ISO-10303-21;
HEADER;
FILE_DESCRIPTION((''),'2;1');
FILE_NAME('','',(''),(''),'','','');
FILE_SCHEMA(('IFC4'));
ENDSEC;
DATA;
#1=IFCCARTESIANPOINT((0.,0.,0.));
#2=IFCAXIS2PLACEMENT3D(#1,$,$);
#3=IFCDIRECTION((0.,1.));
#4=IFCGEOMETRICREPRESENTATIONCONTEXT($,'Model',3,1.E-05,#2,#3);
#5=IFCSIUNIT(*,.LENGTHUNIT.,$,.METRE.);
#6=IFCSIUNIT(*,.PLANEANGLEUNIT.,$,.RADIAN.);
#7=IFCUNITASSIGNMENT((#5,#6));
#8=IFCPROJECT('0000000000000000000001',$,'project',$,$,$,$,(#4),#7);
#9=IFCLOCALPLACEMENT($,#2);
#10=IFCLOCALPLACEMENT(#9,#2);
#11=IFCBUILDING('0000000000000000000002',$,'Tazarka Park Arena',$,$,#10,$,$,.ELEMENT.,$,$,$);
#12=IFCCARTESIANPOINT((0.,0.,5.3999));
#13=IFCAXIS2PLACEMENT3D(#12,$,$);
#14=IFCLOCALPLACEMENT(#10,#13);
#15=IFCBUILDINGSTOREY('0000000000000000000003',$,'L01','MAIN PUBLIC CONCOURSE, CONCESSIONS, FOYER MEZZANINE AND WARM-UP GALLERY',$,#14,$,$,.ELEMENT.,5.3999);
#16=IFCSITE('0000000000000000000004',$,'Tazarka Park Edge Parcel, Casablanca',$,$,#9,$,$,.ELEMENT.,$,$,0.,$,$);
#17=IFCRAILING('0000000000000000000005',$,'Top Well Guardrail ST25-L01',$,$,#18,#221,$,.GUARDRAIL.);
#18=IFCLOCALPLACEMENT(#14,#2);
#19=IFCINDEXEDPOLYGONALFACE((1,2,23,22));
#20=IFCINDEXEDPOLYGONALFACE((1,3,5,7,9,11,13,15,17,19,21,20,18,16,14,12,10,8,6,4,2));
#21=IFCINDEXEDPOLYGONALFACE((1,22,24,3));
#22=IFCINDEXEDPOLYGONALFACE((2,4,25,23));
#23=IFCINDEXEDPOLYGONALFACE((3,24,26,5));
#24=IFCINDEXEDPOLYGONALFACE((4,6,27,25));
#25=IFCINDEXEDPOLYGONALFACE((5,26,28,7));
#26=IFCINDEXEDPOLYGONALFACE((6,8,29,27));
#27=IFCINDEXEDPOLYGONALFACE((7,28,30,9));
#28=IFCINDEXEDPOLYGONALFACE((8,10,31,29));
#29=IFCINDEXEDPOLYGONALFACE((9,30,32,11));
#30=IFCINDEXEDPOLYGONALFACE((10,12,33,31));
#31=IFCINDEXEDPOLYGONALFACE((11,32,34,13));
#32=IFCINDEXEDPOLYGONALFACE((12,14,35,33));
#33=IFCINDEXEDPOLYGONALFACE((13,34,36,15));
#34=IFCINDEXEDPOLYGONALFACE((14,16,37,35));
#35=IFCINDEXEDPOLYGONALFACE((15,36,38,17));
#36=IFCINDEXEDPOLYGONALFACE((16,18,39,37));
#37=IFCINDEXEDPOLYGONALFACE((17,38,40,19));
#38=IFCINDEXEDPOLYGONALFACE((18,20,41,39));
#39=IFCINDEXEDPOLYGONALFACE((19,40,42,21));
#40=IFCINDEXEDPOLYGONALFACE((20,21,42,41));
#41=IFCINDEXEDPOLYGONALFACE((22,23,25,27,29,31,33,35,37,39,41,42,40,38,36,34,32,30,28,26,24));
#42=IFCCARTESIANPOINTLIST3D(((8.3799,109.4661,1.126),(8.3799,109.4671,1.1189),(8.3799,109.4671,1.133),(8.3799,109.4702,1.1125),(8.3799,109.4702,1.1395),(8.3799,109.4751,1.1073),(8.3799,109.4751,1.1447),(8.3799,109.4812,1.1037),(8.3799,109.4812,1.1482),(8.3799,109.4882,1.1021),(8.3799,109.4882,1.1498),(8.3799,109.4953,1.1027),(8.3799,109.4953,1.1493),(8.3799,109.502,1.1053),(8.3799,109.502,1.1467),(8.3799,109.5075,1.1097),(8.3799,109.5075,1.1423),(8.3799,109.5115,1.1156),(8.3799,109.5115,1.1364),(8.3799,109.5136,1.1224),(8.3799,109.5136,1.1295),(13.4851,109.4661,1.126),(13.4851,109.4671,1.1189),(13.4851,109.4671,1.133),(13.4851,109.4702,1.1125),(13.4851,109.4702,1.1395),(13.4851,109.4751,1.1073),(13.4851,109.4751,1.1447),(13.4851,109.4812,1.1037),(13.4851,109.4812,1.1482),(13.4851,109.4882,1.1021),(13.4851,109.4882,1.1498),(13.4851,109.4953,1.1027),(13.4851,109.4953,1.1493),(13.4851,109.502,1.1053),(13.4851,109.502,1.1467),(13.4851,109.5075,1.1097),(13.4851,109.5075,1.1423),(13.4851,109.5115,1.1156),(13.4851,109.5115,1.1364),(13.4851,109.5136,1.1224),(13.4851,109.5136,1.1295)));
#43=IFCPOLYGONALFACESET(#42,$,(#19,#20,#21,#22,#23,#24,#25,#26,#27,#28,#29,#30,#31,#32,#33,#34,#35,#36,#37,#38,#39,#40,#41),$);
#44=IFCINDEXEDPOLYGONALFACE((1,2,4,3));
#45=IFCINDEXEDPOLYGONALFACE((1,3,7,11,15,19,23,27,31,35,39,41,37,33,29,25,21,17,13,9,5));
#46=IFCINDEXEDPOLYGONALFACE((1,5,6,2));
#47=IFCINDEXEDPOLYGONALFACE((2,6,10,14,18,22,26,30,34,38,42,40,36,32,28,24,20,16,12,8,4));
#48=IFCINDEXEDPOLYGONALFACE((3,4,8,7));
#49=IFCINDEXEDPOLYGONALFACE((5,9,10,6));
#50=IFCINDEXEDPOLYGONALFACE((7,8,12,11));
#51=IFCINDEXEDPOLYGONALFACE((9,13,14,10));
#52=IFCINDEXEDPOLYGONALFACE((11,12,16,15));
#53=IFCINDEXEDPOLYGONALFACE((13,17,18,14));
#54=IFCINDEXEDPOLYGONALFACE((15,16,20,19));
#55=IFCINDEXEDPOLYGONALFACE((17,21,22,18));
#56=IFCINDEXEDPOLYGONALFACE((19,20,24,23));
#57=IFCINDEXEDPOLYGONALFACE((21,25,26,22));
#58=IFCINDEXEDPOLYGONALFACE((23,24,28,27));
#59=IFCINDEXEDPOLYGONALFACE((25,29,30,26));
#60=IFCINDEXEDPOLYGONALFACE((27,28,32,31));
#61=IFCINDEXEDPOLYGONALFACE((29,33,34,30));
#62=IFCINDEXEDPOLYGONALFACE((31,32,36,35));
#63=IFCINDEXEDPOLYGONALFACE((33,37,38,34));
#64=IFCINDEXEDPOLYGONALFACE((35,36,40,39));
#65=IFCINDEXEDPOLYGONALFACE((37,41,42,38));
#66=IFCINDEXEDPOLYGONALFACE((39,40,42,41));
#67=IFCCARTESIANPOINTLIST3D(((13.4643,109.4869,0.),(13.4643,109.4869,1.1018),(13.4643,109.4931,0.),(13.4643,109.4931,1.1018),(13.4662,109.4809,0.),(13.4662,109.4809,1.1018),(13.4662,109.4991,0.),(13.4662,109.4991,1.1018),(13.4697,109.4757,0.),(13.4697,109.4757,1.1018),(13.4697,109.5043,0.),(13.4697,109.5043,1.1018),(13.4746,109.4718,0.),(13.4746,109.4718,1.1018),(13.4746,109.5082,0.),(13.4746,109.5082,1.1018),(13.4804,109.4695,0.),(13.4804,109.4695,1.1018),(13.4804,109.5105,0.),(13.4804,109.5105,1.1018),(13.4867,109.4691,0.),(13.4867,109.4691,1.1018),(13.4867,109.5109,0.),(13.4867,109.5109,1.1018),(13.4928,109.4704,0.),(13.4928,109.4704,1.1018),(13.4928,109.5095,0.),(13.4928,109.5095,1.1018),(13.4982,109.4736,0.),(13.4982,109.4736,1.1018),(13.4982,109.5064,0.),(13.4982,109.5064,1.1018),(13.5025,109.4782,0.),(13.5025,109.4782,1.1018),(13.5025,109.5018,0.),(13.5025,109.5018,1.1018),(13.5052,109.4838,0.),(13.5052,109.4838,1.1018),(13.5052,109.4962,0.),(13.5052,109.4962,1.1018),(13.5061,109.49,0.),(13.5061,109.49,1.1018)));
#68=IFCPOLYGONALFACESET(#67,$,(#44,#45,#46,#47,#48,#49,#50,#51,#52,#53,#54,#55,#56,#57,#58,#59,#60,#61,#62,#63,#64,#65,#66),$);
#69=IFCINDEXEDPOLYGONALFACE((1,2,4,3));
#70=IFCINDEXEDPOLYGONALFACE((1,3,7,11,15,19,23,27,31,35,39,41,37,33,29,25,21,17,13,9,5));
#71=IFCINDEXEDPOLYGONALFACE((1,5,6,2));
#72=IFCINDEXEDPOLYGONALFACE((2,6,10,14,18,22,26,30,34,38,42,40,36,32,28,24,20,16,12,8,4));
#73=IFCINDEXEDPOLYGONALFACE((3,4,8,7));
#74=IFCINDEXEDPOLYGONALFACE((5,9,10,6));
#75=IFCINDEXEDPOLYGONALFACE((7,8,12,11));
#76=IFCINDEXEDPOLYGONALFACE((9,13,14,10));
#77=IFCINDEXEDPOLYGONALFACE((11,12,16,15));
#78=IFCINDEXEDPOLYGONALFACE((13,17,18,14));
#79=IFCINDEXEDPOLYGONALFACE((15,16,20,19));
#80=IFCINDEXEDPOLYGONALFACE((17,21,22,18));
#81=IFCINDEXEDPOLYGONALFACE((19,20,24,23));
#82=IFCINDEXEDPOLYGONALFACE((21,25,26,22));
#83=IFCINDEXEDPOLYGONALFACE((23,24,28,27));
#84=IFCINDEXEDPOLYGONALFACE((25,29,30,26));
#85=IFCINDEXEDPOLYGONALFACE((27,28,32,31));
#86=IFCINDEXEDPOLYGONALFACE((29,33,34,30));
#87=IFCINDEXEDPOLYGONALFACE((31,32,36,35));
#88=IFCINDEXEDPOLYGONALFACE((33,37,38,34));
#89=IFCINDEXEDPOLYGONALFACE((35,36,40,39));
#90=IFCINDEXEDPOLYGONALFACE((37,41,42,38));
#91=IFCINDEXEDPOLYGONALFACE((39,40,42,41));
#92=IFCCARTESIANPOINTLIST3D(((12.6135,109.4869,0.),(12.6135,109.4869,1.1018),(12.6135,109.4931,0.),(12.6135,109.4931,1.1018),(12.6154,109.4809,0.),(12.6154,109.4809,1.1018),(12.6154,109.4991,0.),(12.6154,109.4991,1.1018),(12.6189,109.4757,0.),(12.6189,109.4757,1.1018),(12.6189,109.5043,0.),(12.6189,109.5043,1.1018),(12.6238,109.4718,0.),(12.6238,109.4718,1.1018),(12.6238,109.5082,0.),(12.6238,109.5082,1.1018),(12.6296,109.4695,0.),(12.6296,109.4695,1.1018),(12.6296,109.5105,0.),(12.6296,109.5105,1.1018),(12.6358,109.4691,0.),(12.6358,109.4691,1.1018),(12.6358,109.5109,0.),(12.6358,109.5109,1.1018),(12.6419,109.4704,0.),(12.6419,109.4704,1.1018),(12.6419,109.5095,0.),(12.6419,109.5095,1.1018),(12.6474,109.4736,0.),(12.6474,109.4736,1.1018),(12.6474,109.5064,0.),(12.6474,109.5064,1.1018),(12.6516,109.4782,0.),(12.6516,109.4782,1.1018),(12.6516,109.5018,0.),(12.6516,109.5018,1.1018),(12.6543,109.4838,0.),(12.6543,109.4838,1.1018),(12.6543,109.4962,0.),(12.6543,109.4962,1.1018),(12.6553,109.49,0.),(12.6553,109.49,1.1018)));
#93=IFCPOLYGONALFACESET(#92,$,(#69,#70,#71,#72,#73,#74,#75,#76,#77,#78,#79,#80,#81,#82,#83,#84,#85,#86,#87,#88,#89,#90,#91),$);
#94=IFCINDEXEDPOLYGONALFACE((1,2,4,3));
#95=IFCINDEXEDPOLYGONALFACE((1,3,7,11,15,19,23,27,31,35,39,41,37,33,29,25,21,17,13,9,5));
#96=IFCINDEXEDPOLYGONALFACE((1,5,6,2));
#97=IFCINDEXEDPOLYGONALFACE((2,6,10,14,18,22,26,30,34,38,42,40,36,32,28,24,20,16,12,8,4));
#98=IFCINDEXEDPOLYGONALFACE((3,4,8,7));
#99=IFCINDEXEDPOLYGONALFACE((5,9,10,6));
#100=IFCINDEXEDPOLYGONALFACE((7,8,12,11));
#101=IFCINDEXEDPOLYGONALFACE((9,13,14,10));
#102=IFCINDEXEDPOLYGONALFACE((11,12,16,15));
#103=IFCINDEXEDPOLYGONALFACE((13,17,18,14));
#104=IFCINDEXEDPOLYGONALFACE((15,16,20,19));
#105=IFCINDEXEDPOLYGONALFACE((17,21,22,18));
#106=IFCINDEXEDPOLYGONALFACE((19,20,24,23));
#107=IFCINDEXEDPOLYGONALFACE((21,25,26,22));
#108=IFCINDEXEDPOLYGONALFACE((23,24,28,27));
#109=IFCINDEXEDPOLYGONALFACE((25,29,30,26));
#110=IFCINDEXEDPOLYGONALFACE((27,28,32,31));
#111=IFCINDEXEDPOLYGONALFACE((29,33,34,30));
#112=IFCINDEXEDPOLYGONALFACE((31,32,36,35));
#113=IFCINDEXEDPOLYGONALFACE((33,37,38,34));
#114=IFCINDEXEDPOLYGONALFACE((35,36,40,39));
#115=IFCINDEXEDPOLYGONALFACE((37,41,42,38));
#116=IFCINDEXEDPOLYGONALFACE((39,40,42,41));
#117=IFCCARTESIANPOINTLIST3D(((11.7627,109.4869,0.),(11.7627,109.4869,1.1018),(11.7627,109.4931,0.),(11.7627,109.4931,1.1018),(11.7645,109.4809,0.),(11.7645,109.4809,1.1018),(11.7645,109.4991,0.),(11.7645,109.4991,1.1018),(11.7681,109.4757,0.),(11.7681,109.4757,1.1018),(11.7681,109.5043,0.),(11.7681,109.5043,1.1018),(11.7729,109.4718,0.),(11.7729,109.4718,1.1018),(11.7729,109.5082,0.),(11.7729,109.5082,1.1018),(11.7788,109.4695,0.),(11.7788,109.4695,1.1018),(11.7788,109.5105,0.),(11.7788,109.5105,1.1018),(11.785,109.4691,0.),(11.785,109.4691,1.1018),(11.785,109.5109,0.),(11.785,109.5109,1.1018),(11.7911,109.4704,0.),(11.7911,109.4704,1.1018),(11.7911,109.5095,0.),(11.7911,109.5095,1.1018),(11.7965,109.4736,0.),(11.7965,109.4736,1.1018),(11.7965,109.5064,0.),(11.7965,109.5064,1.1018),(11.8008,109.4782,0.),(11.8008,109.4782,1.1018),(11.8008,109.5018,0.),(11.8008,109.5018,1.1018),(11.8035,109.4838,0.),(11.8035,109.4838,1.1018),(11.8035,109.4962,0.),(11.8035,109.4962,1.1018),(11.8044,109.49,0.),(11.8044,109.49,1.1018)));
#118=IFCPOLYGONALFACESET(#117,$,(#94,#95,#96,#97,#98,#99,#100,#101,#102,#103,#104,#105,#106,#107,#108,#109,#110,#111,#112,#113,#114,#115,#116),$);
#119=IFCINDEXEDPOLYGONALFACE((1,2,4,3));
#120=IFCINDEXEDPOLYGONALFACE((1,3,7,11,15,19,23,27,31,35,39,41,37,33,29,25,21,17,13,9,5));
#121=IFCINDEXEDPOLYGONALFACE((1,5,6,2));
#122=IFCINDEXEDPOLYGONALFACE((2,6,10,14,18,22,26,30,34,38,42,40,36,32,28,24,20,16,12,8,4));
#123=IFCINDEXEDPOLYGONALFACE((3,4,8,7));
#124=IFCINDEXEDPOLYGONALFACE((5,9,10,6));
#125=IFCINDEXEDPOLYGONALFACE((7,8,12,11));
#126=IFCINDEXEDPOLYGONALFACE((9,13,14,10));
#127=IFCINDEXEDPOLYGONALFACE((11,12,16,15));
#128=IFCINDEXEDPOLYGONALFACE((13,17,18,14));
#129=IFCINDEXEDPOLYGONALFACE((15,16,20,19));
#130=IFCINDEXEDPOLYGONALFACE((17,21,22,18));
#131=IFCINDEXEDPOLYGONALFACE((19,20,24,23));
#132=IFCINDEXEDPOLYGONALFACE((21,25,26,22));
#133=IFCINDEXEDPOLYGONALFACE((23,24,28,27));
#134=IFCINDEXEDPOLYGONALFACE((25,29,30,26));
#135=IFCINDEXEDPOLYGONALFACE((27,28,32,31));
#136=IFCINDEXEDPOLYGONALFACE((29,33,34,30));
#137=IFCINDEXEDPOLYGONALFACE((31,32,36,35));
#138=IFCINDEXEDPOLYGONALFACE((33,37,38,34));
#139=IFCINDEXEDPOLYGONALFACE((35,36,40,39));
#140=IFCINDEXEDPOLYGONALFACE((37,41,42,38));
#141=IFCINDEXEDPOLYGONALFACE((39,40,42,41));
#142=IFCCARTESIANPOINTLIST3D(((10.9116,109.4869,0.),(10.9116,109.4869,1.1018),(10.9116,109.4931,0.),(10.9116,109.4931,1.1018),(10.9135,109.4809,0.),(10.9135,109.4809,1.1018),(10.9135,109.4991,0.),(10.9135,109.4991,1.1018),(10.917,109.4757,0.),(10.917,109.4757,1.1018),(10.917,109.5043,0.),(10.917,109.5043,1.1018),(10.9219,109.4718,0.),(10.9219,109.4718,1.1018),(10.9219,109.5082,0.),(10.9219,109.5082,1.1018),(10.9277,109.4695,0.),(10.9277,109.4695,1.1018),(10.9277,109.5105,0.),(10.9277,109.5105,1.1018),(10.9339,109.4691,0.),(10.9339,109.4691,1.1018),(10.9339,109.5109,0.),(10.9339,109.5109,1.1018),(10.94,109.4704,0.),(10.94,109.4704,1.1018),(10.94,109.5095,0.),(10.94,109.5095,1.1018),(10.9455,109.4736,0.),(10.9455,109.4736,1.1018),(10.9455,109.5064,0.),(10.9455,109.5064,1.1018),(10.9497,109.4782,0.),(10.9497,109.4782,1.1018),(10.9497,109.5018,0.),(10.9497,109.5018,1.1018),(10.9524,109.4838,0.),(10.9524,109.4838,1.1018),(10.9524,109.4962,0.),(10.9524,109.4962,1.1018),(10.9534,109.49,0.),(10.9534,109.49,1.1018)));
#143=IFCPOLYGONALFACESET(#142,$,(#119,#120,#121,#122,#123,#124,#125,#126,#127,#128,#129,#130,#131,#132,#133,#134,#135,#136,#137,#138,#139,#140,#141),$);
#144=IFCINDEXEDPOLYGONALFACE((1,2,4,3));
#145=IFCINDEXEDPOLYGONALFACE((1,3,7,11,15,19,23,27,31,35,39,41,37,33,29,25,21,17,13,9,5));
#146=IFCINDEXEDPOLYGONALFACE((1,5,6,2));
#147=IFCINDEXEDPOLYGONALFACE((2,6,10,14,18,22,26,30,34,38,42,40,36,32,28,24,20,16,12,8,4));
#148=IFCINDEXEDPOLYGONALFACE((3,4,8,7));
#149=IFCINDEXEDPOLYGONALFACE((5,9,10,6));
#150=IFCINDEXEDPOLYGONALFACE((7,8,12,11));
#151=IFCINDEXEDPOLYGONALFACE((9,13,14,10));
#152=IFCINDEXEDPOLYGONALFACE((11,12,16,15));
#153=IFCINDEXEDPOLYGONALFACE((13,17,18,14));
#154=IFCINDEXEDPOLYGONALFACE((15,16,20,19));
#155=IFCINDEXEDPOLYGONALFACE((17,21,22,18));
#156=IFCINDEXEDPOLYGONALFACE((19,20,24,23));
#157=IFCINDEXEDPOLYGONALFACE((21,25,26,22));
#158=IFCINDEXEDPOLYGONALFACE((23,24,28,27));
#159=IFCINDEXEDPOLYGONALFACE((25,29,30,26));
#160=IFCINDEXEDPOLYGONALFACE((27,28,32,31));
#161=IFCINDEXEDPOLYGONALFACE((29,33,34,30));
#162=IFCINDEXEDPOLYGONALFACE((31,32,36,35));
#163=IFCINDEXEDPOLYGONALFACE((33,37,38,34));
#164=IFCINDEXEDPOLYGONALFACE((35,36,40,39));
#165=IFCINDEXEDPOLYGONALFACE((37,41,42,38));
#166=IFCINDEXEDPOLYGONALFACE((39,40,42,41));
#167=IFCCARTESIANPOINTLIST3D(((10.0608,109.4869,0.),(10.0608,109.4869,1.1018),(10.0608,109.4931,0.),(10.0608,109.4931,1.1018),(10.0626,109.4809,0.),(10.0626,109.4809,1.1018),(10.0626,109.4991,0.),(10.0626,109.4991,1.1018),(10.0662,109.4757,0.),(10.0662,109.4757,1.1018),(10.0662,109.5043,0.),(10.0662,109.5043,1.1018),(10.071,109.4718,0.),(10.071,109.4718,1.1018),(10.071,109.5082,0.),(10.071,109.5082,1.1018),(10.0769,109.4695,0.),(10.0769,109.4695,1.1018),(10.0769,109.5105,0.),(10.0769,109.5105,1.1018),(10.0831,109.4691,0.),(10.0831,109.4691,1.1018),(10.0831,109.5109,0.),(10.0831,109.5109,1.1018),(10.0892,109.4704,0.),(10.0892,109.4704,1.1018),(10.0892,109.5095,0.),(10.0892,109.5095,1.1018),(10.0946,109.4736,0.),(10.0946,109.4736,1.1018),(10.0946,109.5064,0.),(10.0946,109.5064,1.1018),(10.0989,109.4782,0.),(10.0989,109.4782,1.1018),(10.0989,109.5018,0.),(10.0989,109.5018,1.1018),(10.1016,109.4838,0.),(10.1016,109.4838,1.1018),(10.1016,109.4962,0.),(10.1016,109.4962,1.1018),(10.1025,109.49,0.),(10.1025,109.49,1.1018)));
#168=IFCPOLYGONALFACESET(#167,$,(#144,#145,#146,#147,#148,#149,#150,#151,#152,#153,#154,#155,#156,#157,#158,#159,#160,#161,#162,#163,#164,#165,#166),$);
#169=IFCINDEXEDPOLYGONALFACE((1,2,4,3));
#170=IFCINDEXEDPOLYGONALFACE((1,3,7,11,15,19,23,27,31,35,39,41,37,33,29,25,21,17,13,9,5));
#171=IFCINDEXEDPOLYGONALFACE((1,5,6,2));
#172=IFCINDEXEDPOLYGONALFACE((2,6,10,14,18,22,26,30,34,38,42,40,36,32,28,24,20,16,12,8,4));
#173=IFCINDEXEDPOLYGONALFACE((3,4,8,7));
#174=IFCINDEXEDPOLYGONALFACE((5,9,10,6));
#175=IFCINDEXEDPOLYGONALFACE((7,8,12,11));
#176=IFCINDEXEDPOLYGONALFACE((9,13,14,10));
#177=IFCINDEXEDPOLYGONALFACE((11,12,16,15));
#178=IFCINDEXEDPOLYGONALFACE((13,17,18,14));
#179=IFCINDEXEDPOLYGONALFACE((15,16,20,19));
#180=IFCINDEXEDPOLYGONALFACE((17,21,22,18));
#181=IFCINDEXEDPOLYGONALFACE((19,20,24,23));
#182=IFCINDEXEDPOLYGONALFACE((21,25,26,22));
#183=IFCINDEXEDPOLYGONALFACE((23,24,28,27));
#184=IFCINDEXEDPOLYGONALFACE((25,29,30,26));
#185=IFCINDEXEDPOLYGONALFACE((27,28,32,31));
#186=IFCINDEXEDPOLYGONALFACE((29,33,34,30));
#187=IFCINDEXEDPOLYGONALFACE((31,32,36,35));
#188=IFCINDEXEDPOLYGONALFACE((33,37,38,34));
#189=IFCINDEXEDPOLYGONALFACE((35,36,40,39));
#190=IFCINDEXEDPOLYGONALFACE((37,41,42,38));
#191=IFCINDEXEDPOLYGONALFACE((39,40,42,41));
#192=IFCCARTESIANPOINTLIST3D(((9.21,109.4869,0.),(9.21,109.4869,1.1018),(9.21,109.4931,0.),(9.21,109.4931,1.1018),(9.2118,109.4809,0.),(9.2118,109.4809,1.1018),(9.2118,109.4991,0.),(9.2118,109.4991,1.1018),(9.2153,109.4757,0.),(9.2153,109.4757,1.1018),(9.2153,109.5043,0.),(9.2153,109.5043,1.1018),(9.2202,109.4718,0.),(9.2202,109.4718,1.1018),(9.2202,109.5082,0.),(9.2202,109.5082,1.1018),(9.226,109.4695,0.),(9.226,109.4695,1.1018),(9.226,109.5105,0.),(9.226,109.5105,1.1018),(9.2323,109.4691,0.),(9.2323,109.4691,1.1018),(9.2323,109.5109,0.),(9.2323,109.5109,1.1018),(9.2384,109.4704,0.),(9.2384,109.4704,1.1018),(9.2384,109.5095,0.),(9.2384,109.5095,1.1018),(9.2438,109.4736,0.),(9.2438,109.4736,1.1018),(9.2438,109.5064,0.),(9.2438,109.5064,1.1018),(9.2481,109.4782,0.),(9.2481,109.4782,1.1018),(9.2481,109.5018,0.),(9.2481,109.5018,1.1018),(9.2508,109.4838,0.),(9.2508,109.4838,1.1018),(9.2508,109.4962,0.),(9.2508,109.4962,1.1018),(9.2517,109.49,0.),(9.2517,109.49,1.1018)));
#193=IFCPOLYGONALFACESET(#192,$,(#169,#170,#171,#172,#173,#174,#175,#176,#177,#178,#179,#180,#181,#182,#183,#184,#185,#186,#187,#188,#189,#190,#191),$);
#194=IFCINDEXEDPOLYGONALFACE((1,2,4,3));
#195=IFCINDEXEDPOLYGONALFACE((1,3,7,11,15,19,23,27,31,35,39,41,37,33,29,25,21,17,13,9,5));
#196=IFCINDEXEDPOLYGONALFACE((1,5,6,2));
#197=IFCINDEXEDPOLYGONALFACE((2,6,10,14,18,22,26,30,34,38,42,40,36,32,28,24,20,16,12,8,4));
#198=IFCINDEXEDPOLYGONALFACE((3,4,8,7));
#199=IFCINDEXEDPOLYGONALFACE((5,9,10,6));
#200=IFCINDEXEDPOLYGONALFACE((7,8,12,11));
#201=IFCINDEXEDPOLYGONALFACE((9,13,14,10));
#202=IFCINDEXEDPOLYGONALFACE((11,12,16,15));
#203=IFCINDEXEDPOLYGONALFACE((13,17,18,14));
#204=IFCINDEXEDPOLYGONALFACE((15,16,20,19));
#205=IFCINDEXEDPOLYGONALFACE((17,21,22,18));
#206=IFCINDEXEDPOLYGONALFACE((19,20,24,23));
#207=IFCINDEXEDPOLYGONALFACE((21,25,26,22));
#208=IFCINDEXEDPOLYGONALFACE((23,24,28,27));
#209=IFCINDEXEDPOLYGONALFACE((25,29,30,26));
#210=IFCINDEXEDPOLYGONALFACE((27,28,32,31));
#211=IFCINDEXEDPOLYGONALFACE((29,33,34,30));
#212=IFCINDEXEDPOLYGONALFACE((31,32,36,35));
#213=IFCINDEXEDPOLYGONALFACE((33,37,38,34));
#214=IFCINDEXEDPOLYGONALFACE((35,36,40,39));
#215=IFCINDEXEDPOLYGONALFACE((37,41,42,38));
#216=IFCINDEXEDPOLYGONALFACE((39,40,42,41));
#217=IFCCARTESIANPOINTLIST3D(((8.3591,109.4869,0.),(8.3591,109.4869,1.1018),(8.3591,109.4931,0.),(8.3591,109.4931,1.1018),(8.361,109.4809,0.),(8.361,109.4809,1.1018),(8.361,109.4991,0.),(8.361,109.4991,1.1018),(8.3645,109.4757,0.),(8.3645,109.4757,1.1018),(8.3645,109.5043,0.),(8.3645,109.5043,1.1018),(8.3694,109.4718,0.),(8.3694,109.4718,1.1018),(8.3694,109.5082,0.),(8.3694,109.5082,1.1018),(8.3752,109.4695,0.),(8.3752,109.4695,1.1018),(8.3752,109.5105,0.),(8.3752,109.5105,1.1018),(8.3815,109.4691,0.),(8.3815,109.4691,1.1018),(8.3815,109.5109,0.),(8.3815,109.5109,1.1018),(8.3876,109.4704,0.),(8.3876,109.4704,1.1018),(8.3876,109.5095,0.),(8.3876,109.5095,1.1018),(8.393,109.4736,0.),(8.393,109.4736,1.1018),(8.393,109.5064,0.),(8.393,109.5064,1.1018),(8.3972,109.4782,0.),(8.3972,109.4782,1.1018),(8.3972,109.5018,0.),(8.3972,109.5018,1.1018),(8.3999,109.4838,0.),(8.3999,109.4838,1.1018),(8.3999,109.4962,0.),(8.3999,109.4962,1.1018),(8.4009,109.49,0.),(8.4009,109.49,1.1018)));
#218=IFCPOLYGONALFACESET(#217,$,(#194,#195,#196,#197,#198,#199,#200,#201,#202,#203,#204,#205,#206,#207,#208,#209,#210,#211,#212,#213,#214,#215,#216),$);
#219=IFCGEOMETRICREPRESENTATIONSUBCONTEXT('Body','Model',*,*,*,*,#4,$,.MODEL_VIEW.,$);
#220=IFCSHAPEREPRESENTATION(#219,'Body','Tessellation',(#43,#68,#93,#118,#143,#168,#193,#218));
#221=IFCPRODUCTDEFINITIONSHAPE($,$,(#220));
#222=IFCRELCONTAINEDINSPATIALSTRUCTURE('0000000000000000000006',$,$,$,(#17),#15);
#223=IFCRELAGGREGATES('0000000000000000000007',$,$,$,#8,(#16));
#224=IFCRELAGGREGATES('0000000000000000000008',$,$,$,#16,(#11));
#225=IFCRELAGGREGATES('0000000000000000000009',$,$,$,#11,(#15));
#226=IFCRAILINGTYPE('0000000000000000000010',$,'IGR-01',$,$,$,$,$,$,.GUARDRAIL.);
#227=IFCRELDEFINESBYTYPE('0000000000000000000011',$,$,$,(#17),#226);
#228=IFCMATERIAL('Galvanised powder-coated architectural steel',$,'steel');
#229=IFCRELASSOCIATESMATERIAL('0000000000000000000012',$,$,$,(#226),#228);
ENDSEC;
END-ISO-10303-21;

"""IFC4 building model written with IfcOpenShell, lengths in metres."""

from ifc_helpers import new_model, si_unit, direction, frame, origin, origin_2d, place, context, subcontext, project, spatial, circle, extrude, material, type_object, element, save


model = new_model("IFC4")

# Units and contexts
model_context = context("Model", 3, precision=1e-05, world=origin(), true_north=direction((0.0, 1.0)))
body_context = subcontext(model_context, "Body", "Model", "MODEL_VIEW")
ifc_project = project(units=[si_unit("LENGTHUNIT", "METRE"), si_unit("PLANEANGLEUNIT", "RADIAN")], contexts=[model_context])

# Site, building, storey
site_placement = place(None, origin())
site = spatial("IfcSite", under=ifc_project, at=site_placement, Name="Tazarka Park Edge Parcel, Casablanca", CompositionType="ELEMENT", RefElevation=0.0)
building_placement = place(site_placement, origin())
building = spatial("IfcBuilding", under=site, at=building_placement, Name="Tazarka Park Arena", CompositionType="ELEMENT")
storey_placement = place(building_placement, frame((0.0, 0.0, 5.3999)))
storey = spatial("IfcBuildingStorey", under=building, at=storey_placement, Name="L01", Description="MAIN PUBLIC CONCOURSE, CONCESSIONS, FOYER MEZZANINE AND WARM-UP GALLERY", CompositionType="ELEMENT", Elevation=5.3999)

# Railing
ifc_material_1 = material(Name="Galvanised powder-coated architectural steel", Category="steel")
railing_type = type_object("IfcRailingType", Name="IGR-01", PredefinedType="GUARDRAIL", material=ifc_material_1)
railing_1_placement = place(storey_placement, frame((13.4851, 109.49, 0.0)))
element("IfcRailing", 1, at=railing_1_placement, inside=storey, type_object=railing_type, Name="Top Well Guardrail ST25-L01", PredefinedType="GUARDRAIL", context=body_context, shape_type="SweptSolid", body=[
    extrude(circle(Radius=0.0239, at=origin_2d()), frame((0.0, 0.0, 1.126), z_axis=(-1.0, 0.0, 0.0), x_axis=(0.0, -1.0, 0.0)), (0.0, 0.0, 1.0), 5.1052),
    extrude(circle(Radius=0.021, at=origin_2d()), origin(), (0.0, 0.0, 1.0), 1.1018),
    extrude(circle(Radius=0.021, at=origin_2d()), frame((-0.8508, 0.0, 0.0)), (0.0, 0.0, 1.0), 1.1018),
    extrude(circle(Radius=0.021, at=origin_2d()), frame((-1.7017, 0.0, 0.0)), (0.0, 0.0, 1.0), 1.1018),
    extrude(circle(Radius=0.021, at=origin_2d()), frame((-2.5527, 0.0, 0.0)), (0.0, 0.0, 1.0), 1.1018),
    extrude(circle(Radius=0.021, at=origin_2d()), frame((-3.4036, 0.0, 0.0)), (0.0, 0.0, 1.0), 1.1018),
    extrude(circle(Radius=0.021, at=origin_2d()), frame((-4.2544, 0.0, 0.0)), (0.0, 0.0, 1.0), 1.1018),
    extrude(circle(Radius=0.021, at=origin_2d()), frame((-5.1052, 0.0, 0.0)), (0.0, 0.0, 1.0), 1.1018),
])

save(model, "model.ifc")
